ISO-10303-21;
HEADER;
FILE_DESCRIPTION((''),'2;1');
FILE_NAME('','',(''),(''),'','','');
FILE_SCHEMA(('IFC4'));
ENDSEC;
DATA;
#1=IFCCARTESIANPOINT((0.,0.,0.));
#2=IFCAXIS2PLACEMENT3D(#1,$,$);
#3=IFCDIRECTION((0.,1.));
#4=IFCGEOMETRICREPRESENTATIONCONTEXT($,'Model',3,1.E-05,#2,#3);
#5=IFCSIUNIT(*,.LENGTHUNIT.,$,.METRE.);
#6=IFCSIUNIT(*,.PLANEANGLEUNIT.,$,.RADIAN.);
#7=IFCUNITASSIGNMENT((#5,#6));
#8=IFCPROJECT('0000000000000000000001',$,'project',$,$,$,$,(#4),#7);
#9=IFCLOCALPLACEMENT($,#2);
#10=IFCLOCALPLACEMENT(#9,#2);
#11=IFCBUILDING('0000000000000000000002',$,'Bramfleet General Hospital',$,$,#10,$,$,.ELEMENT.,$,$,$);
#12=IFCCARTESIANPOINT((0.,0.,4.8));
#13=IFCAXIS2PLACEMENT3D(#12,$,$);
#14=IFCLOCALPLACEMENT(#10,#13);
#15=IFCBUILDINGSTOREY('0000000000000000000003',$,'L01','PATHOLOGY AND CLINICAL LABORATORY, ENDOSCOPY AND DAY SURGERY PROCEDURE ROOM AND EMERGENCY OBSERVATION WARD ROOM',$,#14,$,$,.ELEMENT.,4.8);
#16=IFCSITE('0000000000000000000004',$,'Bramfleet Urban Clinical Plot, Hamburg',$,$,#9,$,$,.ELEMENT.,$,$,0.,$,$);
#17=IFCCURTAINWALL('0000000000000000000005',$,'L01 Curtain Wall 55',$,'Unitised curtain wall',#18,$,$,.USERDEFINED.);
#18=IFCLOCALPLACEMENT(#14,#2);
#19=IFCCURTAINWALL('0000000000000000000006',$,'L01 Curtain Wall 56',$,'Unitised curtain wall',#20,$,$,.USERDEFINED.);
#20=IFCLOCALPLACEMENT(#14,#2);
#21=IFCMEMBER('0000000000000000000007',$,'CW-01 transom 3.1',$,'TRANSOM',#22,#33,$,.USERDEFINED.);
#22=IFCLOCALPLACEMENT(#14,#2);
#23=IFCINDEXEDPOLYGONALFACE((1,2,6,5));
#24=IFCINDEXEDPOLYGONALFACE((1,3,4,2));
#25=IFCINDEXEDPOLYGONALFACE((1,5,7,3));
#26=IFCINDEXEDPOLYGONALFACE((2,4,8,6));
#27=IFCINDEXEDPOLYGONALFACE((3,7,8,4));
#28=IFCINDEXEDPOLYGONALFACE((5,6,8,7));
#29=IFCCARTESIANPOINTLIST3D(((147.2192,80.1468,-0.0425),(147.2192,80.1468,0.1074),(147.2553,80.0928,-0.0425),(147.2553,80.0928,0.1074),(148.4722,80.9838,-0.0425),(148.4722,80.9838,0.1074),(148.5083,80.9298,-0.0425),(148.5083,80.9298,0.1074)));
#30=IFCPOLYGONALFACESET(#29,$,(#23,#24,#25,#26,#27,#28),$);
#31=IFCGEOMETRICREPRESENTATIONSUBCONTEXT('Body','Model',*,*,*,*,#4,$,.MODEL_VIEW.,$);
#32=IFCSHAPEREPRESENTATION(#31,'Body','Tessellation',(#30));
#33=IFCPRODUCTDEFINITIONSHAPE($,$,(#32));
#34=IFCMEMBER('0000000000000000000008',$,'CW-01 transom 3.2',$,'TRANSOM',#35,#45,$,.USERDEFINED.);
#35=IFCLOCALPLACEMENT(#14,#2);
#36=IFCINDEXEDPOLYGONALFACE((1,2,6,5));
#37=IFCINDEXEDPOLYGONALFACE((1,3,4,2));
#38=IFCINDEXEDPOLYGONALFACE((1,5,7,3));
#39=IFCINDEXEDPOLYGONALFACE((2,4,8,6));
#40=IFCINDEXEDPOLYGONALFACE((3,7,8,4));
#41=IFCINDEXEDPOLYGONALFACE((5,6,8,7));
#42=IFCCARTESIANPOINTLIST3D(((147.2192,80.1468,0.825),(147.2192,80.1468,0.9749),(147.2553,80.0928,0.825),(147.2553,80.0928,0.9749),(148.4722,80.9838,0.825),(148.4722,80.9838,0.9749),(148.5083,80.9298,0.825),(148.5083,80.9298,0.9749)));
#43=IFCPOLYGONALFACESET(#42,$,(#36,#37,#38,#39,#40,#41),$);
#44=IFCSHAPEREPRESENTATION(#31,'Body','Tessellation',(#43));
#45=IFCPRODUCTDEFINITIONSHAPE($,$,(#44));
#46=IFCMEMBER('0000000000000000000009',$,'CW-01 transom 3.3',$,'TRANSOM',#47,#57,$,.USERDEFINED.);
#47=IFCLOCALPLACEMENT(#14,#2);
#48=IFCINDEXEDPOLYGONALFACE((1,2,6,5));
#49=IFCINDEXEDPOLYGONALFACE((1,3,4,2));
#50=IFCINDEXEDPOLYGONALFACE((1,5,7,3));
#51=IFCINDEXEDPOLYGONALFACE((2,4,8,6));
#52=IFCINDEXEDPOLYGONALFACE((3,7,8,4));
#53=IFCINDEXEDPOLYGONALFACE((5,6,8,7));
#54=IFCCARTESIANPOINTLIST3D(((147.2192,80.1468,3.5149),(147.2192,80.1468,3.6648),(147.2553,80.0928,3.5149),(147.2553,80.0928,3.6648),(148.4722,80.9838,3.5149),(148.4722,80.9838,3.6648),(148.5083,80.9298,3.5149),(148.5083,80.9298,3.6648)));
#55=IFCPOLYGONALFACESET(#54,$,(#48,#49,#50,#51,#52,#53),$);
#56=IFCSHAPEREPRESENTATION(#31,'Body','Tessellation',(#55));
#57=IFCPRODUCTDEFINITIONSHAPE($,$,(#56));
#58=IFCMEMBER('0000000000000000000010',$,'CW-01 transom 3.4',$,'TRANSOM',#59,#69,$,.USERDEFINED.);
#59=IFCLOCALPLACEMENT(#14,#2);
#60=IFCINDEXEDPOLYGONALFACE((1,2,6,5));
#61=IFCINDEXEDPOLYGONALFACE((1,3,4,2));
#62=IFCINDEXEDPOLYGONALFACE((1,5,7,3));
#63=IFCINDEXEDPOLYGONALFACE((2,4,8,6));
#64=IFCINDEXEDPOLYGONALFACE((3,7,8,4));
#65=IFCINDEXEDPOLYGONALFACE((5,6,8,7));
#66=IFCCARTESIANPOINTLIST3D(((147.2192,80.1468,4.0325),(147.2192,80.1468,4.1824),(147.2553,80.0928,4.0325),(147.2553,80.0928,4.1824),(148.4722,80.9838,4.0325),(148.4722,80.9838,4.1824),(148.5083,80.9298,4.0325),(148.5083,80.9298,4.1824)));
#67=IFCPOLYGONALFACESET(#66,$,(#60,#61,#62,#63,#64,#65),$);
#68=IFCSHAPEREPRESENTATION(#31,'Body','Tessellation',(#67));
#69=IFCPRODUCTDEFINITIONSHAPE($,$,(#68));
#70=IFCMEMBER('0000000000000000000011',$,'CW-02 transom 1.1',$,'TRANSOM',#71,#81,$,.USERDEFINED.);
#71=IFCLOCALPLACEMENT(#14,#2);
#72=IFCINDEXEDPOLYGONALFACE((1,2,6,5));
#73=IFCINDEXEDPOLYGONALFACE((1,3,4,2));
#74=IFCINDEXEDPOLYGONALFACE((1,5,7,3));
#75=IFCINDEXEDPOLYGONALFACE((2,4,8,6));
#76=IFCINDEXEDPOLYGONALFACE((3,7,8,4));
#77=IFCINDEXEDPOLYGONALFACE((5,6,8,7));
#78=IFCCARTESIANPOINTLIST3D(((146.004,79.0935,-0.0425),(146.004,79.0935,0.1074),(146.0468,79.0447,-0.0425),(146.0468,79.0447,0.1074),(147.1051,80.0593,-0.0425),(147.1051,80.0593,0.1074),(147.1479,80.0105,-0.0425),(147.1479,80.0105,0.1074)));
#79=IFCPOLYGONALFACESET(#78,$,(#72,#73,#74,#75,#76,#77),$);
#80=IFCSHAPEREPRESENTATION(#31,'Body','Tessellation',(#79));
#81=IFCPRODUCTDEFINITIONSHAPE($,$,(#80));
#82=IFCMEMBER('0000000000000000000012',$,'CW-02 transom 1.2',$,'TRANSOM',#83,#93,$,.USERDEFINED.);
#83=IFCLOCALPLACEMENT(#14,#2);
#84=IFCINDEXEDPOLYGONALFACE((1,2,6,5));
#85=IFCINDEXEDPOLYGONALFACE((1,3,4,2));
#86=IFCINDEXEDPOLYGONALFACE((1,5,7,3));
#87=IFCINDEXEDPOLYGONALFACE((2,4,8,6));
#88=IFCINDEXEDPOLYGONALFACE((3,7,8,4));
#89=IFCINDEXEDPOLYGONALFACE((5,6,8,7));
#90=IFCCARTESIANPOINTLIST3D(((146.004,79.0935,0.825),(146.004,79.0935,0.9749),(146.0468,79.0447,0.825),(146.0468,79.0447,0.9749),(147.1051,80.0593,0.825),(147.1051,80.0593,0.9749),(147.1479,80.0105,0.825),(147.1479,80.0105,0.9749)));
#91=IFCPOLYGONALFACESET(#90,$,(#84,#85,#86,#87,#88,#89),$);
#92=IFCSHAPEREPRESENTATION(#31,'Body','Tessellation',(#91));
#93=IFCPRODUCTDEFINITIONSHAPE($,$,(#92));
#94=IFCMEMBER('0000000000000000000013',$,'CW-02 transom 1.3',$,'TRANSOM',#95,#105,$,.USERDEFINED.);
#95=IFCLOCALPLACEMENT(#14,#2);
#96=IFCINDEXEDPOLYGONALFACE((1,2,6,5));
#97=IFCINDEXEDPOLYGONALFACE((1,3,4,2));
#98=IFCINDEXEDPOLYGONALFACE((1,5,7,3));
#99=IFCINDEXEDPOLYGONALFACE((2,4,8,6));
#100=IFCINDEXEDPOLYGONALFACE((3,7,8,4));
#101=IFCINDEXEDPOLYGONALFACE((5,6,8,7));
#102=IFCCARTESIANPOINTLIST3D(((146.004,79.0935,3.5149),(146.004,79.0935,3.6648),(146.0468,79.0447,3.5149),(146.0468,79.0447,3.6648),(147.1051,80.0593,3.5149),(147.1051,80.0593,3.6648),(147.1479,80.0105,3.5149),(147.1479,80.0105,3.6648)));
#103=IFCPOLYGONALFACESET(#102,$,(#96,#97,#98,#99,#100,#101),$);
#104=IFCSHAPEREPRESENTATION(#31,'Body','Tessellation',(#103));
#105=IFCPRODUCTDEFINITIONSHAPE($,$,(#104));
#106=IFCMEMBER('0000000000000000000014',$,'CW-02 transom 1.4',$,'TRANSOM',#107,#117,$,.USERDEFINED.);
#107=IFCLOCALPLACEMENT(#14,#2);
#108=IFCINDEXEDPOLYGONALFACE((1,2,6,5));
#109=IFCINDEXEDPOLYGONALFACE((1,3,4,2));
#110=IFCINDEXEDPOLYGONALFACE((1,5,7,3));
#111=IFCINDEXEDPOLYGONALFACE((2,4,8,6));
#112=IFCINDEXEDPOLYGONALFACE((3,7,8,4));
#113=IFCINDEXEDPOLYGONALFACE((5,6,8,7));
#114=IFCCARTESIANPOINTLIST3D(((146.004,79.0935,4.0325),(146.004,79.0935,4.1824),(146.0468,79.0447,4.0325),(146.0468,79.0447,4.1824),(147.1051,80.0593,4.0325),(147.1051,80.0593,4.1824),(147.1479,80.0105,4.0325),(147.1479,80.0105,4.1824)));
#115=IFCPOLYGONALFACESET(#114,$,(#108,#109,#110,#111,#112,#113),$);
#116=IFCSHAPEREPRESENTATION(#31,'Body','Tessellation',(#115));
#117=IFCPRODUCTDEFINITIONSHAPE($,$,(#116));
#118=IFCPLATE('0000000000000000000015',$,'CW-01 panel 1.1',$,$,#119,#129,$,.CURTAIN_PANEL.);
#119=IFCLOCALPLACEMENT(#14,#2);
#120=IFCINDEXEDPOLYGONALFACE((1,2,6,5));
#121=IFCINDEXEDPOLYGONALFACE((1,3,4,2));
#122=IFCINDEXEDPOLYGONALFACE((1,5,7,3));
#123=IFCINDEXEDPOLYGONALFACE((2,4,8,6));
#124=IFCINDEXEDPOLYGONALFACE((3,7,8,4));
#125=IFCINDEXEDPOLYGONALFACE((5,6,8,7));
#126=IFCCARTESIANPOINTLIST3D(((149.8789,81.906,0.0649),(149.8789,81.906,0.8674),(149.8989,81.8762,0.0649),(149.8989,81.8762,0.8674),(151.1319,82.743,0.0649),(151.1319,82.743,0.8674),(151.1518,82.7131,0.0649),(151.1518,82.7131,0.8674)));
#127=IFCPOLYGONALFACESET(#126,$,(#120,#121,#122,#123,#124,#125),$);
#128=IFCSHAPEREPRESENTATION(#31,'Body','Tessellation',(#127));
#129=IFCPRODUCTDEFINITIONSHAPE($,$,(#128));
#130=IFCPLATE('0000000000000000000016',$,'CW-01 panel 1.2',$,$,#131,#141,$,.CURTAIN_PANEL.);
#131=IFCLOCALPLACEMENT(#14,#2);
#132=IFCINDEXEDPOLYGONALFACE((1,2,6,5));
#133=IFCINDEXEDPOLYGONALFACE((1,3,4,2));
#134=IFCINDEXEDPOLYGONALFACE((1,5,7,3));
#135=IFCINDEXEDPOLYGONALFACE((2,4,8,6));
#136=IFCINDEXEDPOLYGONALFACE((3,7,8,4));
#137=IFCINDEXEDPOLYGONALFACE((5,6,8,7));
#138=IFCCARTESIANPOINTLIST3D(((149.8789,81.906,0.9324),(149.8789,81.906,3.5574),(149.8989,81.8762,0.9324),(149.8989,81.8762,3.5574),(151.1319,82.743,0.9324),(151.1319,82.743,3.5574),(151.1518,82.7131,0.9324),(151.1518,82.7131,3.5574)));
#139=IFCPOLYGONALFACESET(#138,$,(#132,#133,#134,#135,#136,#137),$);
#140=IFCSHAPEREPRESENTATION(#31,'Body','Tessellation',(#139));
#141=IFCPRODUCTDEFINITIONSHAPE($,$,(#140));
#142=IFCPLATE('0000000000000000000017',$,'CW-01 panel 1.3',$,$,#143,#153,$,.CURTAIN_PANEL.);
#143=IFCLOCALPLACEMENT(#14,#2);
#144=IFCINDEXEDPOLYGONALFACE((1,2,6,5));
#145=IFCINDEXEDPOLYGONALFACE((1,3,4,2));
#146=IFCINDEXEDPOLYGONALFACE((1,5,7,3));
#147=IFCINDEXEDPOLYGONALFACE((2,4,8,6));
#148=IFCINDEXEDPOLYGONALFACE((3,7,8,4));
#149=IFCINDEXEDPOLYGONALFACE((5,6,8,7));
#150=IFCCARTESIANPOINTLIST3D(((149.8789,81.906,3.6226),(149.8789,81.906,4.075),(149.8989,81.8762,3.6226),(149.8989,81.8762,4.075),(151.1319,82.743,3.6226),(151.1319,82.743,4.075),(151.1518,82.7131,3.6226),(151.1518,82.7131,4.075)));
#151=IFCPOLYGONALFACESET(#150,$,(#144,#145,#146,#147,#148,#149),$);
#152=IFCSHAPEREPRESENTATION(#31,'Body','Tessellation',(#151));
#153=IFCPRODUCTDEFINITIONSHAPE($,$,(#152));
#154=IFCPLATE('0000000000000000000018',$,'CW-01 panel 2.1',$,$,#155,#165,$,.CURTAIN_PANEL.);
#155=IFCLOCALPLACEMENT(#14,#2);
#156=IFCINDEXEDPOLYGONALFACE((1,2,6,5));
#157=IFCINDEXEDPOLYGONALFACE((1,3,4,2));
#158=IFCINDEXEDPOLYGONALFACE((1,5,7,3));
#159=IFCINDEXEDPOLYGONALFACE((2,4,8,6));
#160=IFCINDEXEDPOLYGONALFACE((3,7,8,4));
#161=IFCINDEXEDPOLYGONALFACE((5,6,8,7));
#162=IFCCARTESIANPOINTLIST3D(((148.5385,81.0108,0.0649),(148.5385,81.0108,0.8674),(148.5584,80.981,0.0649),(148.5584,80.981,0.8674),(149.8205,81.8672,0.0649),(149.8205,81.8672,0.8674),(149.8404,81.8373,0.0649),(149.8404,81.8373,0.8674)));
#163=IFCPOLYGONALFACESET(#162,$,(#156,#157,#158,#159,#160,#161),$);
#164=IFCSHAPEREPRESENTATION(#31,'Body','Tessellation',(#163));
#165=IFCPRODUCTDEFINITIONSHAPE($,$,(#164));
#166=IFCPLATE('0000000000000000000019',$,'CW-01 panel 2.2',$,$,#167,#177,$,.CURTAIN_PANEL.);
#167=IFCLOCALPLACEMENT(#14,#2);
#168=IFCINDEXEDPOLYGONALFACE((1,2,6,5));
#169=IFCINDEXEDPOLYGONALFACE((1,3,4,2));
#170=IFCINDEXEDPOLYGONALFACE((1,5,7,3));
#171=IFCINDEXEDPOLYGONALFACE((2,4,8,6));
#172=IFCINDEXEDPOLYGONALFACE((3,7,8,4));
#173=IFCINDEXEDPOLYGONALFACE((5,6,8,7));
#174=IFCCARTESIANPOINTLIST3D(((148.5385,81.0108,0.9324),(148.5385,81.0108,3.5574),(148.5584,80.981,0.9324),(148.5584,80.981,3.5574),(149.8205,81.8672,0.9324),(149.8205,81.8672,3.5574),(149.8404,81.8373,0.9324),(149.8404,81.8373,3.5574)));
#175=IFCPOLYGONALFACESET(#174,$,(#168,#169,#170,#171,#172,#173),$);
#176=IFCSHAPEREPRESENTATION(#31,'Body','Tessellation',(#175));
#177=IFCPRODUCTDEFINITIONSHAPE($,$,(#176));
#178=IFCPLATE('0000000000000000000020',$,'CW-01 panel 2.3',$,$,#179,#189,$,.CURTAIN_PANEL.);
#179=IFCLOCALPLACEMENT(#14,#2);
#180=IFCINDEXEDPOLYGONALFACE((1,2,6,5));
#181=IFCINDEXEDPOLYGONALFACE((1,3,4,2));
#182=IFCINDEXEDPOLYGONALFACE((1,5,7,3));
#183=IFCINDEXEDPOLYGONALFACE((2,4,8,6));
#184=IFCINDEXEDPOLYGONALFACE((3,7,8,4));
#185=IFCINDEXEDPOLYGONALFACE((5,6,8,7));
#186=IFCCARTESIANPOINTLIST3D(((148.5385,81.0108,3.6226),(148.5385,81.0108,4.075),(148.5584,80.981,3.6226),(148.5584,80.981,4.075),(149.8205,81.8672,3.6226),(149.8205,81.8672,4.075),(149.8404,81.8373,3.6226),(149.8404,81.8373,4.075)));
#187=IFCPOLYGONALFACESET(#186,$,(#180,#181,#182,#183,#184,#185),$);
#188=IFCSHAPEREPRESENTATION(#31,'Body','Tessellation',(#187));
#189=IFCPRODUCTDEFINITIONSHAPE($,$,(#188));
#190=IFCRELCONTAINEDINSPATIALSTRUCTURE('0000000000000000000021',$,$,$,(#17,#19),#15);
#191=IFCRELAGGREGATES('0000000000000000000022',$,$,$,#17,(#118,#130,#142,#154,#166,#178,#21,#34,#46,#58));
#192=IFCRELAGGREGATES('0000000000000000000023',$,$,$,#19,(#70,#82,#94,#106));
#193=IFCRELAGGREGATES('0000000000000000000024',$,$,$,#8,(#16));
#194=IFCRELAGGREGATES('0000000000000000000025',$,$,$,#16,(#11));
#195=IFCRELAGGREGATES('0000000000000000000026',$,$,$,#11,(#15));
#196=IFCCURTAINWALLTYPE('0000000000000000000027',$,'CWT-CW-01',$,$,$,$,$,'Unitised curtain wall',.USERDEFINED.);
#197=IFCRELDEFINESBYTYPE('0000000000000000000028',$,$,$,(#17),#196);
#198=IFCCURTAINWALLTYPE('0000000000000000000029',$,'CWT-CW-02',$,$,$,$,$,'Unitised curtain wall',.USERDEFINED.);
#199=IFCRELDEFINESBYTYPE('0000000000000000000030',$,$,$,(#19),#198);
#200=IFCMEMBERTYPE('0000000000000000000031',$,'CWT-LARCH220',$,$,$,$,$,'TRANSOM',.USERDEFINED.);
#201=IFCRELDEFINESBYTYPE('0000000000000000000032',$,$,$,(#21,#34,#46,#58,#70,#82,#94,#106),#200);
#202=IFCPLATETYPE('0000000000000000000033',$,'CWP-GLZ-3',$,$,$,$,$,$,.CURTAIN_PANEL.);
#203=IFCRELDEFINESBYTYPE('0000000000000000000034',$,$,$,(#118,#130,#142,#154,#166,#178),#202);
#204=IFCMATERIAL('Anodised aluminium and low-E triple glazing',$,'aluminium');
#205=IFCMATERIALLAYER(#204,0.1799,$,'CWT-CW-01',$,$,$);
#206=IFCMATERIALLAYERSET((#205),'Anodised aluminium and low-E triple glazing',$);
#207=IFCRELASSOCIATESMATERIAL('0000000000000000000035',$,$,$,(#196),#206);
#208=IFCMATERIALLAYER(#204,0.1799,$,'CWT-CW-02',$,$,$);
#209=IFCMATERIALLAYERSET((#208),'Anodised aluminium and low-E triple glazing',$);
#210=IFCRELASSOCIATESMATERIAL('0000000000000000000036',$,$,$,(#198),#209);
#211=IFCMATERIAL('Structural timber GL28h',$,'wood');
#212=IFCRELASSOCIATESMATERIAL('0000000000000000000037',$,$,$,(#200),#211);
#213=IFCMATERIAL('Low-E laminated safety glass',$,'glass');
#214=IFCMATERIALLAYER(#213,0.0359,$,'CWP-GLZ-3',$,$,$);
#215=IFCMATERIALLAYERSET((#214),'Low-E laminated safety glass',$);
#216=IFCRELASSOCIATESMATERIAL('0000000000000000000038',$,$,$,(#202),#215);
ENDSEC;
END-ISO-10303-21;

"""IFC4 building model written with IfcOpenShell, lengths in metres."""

from ifc_helpers import new_model, si_unit, direction, frame, origin, origin_2d, place, context, subcontext, project, spatial, rectangle, extrude, material, layer, layer_set, material_profile, profile_set, type_object, element, aggregate, save


model = new_model("IFC4")

# Units and contexts
model_context = context("Model", 3, precision=1e-05, world=origin(), true_north=direction((0.0, 1.0)))
body_context = subcontext(model_context, "Body", "Model", "MODEL_VIEW")
ifc_project = project(units=[si_unit("LENGTHUNIT", "METRE"), si_unit("PLANEANGLEUNIT", "RADIAN")], contexts=[model_context])

# Site, building, storey
site_placement = place(None, origin())
site = spatial("IfcSite", under=ifc_project, at=site_placement, Name="Bramfleet Urban Clinical Plot, Hamburg", CompositionType="ELEMENT", RefElevation=0.0)
building_placement = place(site_placement, origin())
building = spatial("IfcBuilding", under=site, at=building_placement, Name="Bramfleet General Hospital", CompositionType="ELEMENT")
storey_placement = place(building_placement, frame((0.0, 0.0, 4.8)))
storey = spatial("IfcBuildingStorey", under=building, at=storey_placement, Name="L01", Description="PATHOLOGY AND CLINICAL LABORATORY, ENDOSCOPY AND DAY SURGERY PROCEDURE ROOM AND EMERGENCY OBSERVATION WARD ROOM", CompositionType="ELEMENT", Elevation=4.8)

# Curtain wall
ifc_material_1 = material(Name="Anodised aluminium and low-E triple glazing", Category="aluminium")
ifc_layer_1 = layer(ifc_material_1, 0.1799, Name="CWT-CW-01")
ifc_layer_set_1 = layer_set([ifc_layer_1], Name="Anodised aluminium and low-E triple glazing")
curtain_wall_type_1 = type_object("IfcCurtainWallType", Name="CWT-CW-01", ElementType="Unitised curtain wall", PredefinedType="USERDEFINED", material=ifc_layer_set_1)
curtain_wall_1_placement = place(storey_placement, origin())
curtain_wall_1 = element("IfcCurtainWall", 1, at=curtain_wall_1_placement, inside=storey, type_object=curtain_wall_type_1, Name="L01 Curtain Wall 55", ObjectType="Unitised curtain wall", PredefinedType="USERDEFINED")
ifc_material_2 = material(Name="Structural timber GL28h", Category="wood")

# Curtain wall
ifc_layer_2 = layer(ifc_material_1, 0.1799, Name="CWT-CW-02")
ifc_layer_set_2 = layer_set([ifc_layer_2], Name="Anodised aluminium and low-E triple glazing")
curtain_wall_type_2 = type_object("IfcCurtainWallType", Name="CWT-CW-02", ElementType="Unitised curtain wall", PredefinedType="USERDEFINED", material=ifc_layer_set_2)
curtain_wall_2_placement = place(storey_placement, origin())
curtain_wall_2 = element("IfcCurtainWall", 2, at=curtain_wall_2_placement, inside=storey, type_object=curtain_wall_type_2, Name="L01 Curtain Wall 56", ObjectType="Unitised curtain wall", PredefinedType="USERDEFINED")

# Members
ifc_material_profile_1 = material_profile(ifc_material_2, rectangle(XDim=0.0649, YDim=0.1499, at=origin_2d()), Name="LARCH 150x65")
ifc_profile_set_1 = profile_set([ifc_material_profile_1], Name="Structural timber GL28h")
member_type_1 = type_object("IfcMemberType", Name="CWT-LARCH220", ElementType="TRANSOM", PredefinedType="USERDEFINED", material=ifc_profile_set_1)
member_1_placement = place(storey_placement, frame((148.4902, 80.9568, 0.0325), z_axis=(-0.831551, -0.555448, 0.0), x_axis=(0.555448, -0.831551, 0.0)))
member_1 = element("IfcMember", 3, at=member_1_placement, type_object=member_type_1, Name="CW-01 transom 3.1", ObjectType="TRANSOM", PredefinedType="USERDEFINED", context=body_context, shape_type="SweptSolid", body=[
    extrude(rectangle(XDim=0.0649, YDim=0.1499, at=origin_2d()), origin(), (0.0, 0.0, 1.0), 1.5068),
])
member_2_placement = place(storey_placement, frame((148.4902, 80.9568, 0.8999), z_axis=(-0.831551, -0.555448, 0.0), x_axis=(0.555448, -0.831551, 0.0)))
member_2 = element("IfcMember", 4, at=member_2_placement, type_object=member_type_1, Name="CW-01 transom 3.2", ObjectType="TRANSOM", PredefinedType="USERDEFINED", context=body_context, shape_type="SweptSolid", body=[
    extrude(rectangle(XDim=0.0649, YDim=0.1499, at=origin_2d()), origin(), (0.0, 0.0, 1.0), 1.5068),
])
member_3_placement = place(storey_placement, frame((148.4902, 80.9568, 3.5898), z_axis=(-0.831551, -0.555448, 0.0), x_axis=(0.555448, -0.831551, 0.0)))
member_3 = element("IfcMember", 5, at=member_3_placement, type_object=member_type_1, Name="CW-01 transom 3.3", ObjectType="TRANSOM", PredefinedType="USERDEFINED", context=body_context, shape_type="SweptSolid", body=[
    extrude(rectangle(XDim=0.0649, YDim=0.1499, at=origin_2d()), origin(), (0.0, 0.0, 1.0), 1.5068),
])
member_4_placement = place(storey_placement, frame((148.4902, 80.9568, 4.1074), z_axis=(-0.831551, -0.555448, 0.0), x_axis=(0.555448, -0.831551, 0.0)))
member_4 = element("IfcMember", 6, at=member_4_placement, type_object=member_type_1, Name="CW-01 transom 3.4", ObjectType="TRANSOM", PredefinedType="USERDEFINED", context=body_context, shape_type="SweptSolid", body=[
    extrude(rectangle(XDim=0.0649, YDim=0.1499, at=origin_2d()), origin(), (0.0, 0.0, 1.0), 1.5068),
])
member_5_placement = place(storey_placement, frame((147.1265, 80.0349, 0.0325), z_axis=(-0.751771, -0.659425, 0.0), x_axis=(0.659425, -0.751771, 0.0)))
member_5 = element("IfcMember", 7, at=member_5_placement, type_object=member_type_1, Name="CW-02 transom 1.1", ObjectType="TRANSOM", PredefinedType="USERDEFINED", context=body_context, shape_type="SweptSolid", body=[
    extrude(rectangle(XDim=0.0649, YDim=0.1499, at=origin_2d()), origin(), (0.0, 0.0, 1.0), 1.4646),
])
member_6_placement = place(storey_placement, frame((147.1265, 80.0349, 0.8999), z_axis=(-0.751771, -0.659425, 0.0), x_axis=(0.659425, -0.751771, 0.0)))
member_6 = element("IfcMember", 8, at=member_6_placement, type_object=member_type_1, Name="CW-02 transom 1.2", ObjectType="TRANSOM", PredefinedType="USERDEFINED", context=body_context, shape_type="SweptSolid", body=[
    extrude(rectangle(XDim=0.0649, YDim=0.1499, at=origin_2d()), origin(), (0.0, 0.0, 1.0), 1.4646),
])
member_7_placement = place(storey_placement, frame((147.1265, 80.0349, 3.5898), z_axis=(-0.751771, -0.659425, 0.0), x_axis=(0.659425, -0.751771, 0.0)))
member_7 = element("IfcMember", 9, at=member_7_placement, type_object=member_type_1, Name="CW-02 transom 1.3", ObjectType="TRANSOM", PredefinedType="USERDEFINED", context=body_context, shape_type="SweptSolid", body=[
    extrude(rectangle(XDim=0.0649, YDim=0.1499, at=origin_2d()), origin(), (0.0, 0.0, 1.0), 1.4646),
])
member_8_placement = place(storey_placement, frame((147.1265, 80.0349, 4.1074), z_axis=(-0.751771, -0.659425, 0.0), x_axis=(0.659425, -0.751771, 0.0)))
member_8 = element("IfcMember", 10, at=member_8_placement, type_object=member_type_1, Name="CW-02 transom 1.4", ObjectType="TRANSOM", PredefinedType="USERDEFINED", context=body_context, shape_type="SweptSolid", body=[
    extrude(rectangle(XDim=0.0649, YDim=0.1499, at=origin_2d()), origin(), (0.0, 0.0, 1.0), 1.4646),
])

# Plates
ifc_material_3 = material(Name="Low-E laminated safety glass", Category="glass")
ifc_layer_3 = layer(ifc_material_3, 0.0359, Name="CWP-GLZ-3")
ifc_layer_set_3 = layer_set([ifc_layer_3], Name="Low-E laminated safety glass")
plate_type_1 = type_object("IfcPlateType", Name="CWP-GLZ-3", PredefinedType="CURTAIN_PANEL", material=ifc_layer_set_3)
plate_1_placement = place(storey_placement, frame((150.5154, 82.3096, 0.0649), z_axis=(0.0, 0.0, 1.0), x_axis=(-0.831541, -0.555464, 0.0)))
plate_1 = element("IfcPlate", 11, at=plate_1_placement, type_object=plate_type_1, Name="CW-01 panel 1.1", PredefinedType="CURTAIN_PANEL", context=body_context, shape_type="SweptSolid", body=[
    extrude(rectangle(XDim=1.5068, YDim=0.0359, at=origin_2d()), origin(), (0.0, 0.0, 1.0), 0.8025),
])
plate_2_placement = place(storey_placement, frame((150.5154, 82.3096, 0.9324), z_axis=(0.0, 0.0, 1.0), x_axis=(-0.831541, -0.555464, 0.0)))
plate_2 = element("IfcPlate", 12, at=plate_2_placement, type_object=plate_type_1, Name="CW-01 panel 1.2", PredefinedType="CURTAIN_PANEL", context=body_context, shape_type="SweptSolid", body=[
    extrude(rectangle(XDim=1.5068, YDim=0.0359, at=origin_2d()), origin(), (0.0, 0.0, 1.0), 2.625),
])
plate_3_placement = place(storey_placement, frame((150.5154, 82.3096, 3.6226), z_axis=(0.0, 0.0, 1.0), x_axis=(-0.831541, -0.555464, 0.0)))
plate_3 = element("IfcPlate", 13, at=plate_3_placement, type_object=plate_type_1, Name="CW-01 panel 1.3", PredefinedType="CURTAIN_PANEL", context=body_context, shape_type="SweptSolid", body=[
    extrude(rectangle(XDim=1.5068, YDim=0.0359, at=origin_2d()), origin(), (0.0, 0.0, 1.0), 0.4524),
])
plate_4_placement = place(storey_placement, frame((149.1895, 81.4241, 0.0649), z_axis=(0.0, 0.0, 1.0), x_axis=(-0.831541, -0.555464, 0.0)))
plate_4 = element("IfcPlate", 14, at=plate_4_placement, type_object=plate_type_1, Name="CW-01 panel 2.1", PredefinedType="CURTAIN_PANEL", context=body_context, shape_type="SweptSolid", body=[
    extrude(rectangle(XDim=1.5417, YDim=0.0359, at=origin_2d()), origin(), (0.0, 0.0, 1.0), 0.8025),
])
plate_5_placement = place(storey_placement, frame((149.1895, 81.4241, 0.9324), z_axis=(0.0, 0.0, 1.0), x_axis=(-0.831541, -0.555464, 0.0)))
plate_5 = element("IfcPlate", 15, at=plate_5_placement, type_object=plate_type_1, Name="CW-01 panel 2.2", PredefinedType="CURTAIN_PANEL", context=body_context, shape_type="SweptSolid", body=[
    extrude(rectangle(XDim=1.5417, YDim=0.0359, at=origin_2d()), origin(), (0.0, 0.0, 1.0), 2.625),
])
plate_6_placement = place(storey_placement, frame((149.1895, 81.4241, 3.6226), z_axis=(0.0, 0.0, 1.0), x_axis=(-0.831541, -0.555464, 0.0)))
plate_6 = element("IfcPlate", 16, at=plate_6_placement, type_object=plate_type_1, Name="CW-01 panel 2.3", PredefinedType="CURTAIN_PANEL", context=body_context, shape_type="SweptSolid", body=[
    extrude(rectangle(XDim=1.5417, YDim=0.0359, at=origin_2d()), origin(), (0.0, 0.0, 1.0), 0.4524),
])
aggregate(curtain_wall_1, [plate_1, plate_2, plate_3, plate_4, plate_5, plate_6, member_1, member_2, member_3, member_4])
aggregate(curtain_wall_2, [member_5, member_6, member_7, member_8])

save(model, "model.ifc")
